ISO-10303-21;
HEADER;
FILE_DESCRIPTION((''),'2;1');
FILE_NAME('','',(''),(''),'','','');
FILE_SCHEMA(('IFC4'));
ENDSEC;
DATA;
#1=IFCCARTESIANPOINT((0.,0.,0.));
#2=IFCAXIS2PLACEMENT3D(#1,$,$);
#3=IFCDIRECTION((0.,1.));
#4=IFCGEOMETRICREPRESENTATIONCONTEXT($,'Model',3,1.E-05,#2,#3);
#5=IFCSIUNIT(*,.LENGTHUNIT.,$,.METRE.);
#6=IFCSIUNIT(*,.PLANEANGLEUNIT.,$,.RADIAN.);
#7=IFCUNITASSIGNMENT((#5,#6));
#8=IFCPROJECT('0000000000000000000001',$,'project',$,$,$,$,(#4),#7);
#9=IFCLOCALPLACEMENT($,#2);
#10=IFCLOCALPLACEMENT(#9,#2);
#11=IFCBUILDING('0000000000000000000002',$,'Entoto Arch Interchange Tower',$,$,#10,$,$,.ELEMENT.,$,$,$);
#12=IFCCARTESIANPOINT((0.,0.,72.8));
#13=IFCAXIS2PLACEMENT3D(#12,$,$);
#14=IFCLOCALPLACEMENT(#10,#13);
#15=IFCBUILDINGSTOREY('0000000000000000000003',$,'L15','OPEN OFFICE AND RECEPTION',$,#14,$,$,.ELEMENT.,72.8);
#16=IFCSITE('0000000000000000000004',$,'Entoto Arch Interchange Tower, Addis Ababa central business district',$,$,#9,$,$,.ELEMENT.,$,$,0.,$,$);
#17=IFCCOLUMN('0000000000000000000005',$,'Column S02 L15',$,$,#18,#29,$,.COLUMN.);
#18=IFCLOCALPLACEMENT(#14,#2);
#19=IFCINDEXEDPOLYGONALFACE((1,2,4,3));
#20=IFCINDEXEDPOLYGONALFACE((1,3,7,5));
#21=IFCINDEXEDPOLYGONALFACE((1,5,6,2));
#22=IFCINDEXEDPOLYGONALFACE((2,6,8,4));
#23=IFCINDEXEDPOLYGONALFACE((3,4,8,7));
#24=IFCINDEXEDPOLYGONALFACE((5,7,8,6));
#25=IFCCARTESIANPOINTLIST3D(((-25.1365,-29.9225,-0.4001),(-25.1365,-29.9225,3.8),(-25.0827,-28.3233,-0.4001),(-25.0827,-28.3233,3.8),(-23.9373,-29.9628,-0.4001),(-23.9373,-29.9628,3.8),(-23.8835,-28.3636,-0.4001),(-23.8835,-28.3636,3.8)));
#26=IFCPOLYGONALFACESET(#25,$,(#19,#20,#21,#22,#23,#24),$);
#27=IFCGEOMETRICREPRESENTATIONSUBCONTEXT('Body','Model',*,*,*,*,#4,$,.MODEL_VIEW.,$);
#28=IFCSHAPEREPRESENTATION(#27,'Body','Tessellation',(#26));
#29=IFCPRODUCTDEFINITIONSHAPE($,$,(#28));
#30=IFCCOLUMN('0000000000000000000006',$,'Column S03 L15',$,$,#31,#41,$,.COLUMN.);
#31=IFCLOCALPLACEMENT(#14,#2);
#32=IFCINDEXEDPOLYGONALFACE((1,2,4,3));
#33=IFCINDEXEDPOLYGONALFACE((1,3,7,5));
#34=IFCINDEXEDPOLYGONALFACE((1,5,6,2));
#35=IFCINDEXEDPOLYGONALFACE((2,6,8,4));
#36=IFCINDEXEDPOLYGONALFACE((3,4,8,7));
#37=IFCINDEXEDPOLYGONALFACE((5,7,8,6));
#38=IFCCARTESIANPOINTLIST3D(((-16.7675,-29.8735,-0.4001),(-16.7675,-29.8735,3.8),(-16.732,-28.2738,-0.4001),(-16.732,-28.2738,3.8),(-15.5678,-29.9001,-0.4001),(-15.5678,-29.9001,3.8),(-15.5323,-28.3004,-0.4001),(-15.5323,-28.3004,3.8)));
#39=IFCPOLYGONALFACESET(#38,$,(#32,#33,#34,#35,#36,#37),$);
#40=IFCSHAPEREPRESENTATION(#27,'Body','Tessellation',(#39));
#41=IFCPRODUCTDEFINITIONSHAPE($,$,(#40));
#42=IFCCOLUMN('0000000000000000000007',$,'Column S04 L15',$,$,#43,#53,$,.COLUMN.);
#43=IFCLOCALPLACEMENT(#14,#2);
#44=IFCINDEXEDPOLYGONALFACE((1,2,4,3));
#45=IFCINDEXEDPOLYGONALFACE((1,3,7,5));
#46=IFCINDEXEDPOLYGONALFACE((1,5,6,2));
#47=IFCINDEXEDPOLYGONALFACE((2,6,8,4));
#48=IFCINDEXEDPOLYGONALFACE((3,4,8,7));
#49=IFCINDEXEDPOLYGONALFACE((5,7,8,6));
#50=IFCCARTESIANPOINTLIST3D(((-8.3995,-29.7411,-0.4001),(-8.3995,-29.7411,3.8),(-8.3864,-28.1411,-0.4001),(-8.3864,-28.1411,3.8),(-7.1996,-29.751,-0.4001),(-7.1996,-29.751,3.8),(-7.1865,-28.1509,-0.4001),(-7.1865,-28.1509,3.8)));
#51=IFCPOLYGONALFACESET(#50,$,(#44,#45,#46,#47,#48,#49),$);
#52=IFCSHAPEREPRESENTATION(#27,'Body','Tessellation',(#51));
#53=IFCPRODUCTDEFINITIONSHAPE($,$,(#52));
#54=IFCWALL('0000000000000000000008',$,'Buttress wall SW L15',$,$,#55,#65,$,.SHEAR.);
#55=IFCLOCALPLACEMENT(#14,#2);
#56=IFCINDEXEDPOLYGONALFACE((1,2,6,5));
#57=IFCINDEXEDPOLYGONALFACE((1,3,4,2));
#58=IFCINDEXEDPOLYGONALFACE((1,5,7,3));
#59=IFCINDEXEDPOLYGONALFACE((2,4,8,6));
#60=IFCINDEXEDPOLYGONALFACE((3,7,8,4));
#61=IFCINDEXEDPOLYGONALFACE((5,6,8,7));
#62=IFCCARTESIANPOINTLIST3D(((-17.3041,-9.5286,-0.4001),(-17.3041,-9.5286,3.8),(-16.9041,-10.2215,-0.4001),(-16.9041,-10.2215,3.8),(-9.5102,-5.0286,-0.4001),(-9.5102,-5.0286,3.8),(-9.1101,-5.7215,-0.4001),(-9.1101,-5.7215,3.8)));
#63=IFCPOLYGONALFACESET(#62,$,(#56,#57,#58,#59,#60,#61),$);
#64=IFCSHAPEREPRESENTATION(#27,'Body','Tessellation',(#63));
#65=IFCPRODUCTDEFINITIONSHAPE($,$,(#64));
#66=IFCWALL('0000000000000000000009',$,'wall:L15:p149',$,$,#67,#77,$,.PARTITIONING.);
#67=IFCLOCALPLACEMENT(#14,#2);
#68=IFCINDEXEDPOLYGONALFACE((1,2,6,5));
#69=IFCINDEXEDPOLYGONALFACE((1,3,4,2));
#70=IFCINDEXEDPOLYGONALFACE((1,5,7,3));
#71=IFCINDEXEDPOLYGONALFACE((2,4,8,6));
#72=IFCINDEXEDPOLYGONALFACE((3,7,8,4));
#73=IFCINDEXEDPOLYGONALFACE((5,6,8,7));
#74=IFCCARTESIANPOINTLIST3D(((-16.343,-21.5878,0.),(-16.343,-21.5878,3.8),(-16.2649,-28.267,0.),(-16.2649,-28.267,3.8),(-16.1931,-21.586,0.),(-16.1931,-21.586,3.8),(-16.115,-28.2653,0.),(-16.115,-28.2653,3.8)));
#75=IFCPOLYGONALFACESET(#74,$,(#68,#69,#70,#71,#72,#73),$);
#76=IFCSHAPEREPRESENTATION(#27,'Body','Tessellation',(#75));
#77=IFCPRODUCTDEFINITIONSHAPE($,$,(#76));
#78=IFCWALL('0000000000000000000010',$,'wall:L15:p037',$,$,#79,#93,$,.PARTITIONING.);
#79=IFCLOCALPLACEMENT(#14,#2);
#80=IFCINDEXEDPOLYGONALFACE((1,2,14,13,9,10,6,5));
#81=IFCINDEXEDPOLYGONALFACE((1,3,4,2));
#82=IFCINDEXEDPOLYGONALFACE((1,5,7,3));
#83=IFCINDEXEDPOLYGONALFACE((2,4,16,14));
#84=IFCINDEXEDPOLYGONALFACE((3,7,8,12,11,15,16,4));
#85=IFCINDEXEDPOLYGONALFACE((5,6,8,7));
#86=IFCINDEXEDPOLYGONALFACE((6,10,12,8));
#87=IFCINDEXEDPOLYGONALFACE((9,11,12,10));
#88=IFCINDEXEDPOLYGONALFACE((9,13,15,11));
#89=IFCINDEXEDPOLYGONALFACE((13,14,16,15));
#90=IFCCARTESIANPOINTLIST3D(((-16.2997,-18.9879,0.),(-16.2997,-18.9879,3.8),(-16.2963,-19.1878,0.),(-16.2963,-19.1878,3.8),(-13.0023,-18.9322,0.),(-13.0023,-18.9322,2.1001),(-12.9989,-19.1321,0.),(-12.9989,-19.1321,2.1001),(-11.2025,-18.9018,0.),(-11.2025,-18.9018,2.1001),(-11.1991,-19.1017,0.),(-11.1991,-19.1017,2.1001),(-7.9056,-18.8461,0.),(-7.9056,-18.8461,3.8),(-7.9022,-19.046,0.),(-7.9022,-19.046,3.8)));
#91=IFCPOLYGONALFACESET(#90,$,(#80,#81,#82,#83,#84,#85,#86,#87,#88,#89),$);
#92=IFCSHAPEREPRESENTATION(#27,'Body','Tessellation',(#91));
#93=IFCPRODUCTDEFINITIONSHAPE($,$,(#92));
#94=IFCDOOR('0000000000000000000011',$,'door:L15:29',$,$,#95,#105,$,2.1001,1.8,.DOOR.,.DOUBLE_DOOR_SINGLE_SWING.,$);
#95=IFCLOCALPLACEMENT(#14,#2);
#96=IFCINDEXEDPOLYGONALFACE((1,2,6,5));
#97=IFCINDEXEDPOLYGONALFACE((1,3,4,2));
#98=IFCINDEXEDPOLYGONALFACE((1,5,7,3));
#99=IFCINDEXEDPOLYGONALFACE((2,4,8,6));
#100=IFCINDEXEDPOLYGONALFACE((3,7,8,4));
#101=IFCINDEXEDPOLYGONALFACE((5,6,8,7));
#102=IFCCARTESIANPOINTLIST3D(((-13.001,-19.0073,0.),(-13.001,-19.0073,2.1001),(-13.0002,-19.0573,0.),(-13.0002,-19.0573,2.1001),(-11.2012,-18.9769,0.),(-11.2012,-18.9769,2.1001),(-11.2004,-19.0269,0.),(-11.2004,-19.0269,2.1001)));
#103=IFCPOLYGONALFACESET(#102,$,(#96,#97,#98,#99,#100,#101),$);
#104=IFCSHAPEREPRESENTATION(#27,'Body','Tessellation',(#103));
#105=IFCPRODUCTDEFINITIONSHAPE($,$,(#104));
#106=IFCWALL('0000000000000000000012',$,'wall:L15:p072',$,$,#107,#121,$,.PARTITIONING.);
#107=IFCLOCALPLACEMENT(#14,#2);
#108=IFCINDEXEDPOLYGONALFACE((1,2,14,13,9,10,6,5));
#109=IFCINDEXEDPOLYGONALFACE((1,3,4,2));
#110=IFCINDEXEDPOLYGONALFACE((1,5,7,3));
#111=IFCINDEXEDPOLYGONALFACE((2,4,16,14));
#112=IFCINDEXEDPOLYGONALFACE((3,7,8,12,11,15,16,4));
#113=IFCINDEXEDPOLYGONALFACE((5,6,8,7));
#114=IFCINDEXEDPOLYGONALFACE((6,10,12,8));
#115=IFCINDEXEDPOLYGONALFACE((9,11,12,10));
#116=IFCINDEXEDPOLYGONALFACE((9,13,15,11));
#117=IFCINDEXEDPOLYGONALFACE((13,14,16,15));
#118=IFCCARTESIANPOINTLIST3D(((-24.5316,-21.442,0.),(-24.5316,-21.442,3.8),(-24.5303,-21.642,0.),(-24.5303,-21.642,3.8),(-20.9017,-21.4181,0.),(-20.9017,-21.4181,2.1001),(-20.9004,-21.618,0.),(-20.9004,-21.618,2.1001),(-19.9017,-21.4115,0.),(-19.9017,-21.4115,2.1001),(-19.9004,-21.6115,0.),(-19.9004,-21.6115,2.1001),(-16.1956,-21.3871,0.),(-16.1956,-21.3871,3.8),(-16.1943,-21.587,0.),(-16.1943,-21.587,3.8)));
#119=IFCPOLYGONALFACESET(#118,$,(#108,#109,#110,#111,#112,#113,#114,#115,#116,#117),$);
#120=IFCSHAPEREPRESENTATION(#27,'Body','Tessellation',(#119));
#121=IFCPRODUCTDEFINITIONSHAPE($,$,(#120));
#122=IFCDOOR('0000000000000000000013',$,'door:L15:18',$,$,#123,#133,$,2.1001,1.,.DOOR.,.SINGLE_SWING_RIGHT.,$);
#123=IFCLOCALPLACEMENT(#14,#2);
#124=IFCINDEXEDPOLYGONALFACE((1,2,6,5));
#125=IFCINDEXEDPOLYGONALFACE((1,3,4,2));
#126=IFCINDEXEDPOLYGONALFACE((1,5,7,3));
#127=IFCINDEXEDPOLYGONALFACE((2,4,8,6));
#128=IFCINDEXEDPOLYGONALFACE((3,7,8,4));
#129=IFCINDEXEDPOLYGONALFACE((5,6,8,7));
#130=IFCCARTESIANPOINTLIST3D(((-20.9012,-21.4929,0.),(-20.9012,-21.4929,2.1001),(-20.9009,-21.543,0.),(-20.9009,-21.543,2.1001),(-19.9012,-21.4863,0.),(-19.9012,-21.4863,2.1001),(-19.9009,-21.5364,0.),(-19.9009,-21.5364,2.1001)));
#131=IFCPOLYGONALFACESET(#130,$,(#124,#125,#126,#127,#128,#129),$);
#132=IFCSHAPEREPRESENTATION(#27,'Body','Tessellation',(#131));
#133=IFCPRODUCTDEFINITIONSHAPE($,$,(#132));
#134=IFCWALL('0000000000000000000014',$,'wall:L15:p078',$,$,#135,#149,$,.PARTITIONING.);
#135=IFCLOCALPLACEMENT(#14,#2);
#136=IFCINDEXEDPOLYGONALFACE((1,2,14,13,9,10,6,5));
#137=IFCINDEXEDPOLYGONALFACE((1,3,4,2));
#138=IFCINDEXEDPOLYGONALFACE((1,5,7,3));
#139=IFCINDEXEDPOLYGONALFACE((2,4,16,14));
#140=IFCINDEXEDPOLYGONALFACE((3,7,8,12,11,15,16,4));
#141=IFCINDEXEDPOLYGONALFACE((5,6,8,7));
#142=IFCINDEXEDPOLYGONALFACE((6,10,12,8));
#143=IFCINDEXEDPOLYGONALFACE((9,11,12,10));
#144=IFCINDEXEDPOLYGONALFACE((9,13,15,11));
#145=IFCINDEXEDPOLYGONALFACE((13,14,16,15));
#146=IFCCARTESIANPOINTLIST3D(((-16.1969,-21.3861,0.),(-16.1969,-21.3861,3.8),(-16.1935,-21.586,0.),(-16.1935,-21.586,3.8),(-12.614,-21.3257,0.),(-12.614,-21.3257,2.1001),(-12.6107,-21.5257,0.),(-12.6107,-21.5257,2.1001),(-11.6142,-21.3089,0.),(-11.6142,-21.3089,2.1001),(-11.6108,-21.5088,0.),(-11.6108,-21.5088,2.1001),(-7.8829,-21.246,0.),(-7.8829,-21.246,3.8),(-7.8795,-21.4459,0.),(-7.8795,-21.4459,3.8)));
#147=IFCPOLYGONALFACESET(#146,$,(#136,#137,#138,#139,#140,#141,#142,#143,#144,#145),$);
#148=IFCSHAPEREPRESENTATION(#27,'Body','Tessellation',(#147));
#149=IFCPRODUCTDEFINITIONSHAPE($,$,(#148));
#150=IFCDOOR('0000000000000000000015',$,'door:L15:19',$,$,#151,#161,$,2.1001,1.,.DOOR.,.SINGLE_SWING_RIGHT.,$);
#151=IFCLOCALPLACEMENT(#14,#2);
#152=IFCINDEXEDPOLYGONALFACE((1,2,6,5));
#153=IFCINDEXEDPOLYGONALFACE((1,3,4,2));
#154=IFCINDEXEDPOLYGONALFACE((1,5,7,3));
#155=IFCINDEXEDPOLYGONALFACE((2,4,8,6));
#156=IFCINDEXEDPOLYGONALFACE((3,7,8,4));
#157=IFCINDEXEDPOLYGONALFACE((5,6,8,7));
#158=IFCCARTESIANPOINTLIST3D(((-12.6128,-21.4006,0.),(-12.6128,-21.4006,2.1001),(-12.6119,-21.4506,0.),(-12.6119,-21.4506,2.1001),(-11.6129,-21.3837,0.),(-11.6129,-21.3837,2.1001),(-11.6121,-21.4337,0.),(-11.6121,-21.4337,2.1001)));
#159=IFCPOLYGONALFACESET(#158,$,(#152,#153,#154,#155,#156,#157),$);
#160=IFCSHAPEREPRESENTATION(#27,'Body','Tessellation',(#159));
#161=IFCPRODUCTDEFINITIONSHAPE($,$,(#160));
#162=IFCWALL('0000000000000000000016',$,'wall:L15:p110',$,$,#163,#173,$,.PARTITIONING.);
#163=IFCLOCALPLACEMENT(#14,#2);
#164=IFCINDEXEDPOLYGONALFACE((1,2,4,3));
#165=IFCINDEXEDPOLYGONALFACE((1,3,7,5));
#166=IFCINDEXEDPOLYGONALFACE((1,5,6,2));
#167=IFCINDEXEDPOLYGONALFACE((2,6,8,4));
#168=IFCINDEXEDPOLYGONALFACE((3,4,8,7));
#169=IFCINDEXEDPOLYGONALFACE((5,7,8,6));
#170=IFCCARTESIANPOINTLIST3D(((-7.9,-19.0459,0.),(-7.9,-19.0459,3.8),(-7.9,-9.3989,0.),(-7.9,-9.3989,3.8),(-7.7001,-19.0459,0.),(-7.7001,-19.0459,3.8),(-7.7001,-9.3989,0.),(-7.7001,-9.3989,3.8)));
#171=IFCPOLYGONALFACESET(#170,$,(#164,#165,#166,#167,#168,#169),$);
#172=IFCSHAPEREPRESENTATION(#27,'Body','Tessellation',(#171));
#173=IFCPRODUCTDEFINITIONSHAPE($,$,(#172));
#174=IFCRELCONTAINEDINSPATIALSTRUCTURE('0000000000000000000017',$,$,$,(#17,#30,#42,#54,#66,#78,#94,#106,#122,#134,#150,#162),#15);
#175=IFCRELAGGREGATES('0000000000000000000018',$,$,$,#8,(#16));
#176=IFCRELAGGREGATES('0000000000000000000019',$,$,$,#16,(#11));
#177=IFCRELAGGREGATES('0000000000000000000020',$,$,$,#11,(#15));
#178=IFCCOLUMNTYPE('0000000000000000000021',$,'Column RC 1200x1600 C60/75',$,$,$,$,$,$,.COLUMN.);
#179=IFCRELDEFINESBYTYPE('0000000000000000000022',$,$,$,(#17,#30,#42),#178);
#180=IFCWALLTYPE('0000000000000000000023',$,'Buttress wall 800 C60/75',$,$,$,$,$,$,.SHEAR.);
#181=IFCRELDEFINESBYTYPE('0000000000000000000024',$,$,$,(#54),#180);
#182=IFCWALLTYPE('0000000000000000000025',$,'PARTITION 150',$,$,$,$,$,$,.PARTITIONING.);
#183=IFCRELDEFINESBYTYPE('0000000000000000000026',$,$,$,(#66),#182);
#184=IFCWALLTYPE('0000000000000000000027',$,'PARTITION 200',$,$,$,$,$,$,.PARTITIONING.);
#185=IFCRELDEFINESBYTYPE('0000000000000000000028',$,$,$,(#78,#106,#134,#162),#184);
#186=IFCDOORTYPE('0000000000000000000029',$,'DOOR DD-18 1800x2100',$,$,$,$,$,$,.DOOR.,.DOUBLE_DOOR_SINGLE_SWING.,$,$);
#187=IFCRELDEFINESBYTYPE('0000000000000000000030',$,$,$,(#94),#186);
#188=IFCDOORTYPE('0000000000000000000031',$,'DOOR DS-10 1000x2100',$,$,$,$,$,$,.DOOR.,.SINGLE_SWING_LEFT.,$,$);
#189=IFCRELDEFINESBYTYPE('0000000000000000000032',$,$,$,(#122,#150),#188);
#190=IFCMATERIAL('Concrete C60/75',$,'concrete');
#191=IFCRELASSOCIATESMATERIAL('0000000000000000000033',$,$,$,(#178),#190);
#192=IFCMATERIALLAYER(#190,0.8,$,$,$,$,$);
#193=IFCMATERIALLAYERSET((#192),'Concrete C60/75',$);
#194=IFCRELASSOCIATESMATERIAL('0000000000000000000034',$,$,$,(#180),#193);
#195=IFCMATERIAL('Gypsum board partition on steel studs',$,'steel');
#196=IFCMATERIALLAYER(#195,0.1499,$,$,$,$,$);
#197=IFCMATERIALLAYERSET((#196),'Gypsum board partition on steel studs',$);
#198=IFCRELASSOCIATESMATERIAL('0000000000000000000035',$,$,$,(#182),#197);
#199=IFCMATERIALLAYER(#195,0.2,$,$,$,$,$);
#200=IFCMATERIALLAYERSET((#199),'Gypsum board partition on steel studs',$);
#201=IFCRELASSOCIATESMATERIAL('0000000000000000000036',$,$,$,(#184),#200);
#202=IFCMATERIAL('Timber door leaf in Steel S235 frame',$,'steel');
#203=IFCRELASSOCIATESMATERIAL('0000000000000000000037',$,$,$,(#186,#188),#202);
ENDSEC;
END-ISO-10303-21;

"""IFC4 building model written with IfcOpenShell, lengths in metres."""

from ifc_helpers import new_model, si_unit, direction, frame, frame_2d, origin, origin_2d, place, context, subcontext, project, spatial, rectangle, extrude, material, layer, layer_set, material_profile, profile_set, type_object, element, fill, save


model = new_model("IFC4")

# Units and contexts
model_context = context("Model", 3, precision=1e-05, world=origin(), true_north=direction((0.0, 1.0)))
body_context = subcontext(model_context, "Body", "Model", "MODEL_VIEW")
ifc_project = project(units=[si_unit("LENGTHUNIT", "METRE"), si_unit("PLANEANGLEUNIT", "RADIAN")], contexts=[model_context])

# Site, building, storey
site_placement = place(None, origin())
site = spatial("IfcSite", under=ifc_project, at=site_placement, Name="Entoto Arch Interchange Tower, Addis Ababa central business district", CompositionType="ELEMENT", RefElevation=0.0)
building_placement = place(site_placement, origin())
building = spatial("IfcBuilding", under=site, at=building_placement, Name="Entoto Arch Interchange Tower", CompositionType="ELEMENT")
storey_placement = place(building_placement, frame((0.0, 0.0, 72.8)))
storey = spatial("IfcBuildingStorey", under=building, at=storey_placement, Name="L15", Description="OPEN OFFICE AND RECEPTION", CompositionType="ELEMENT", Elevation=72.8)

# Columns
ifc_material_1 = material(Name="Concrete C60/75", Category="concrete")
ifc_material_profile = material_profile(ifc_material_1, rectangle(XDim=1.2, YDim=1.6001, at=origin_2d()))
ifc_profile_set = profile_set([ifc_material_profile], Name="Concrete C60/75")
column_type = type_object("IfcColumnType", Name="Column RC 1200x1600 C60/75", PredefinedType="COLUMN", material=ifc_profile_set)
for number, where, z_axis, x_axis, name in (
    (1, (-24.51, -29.1431, -0.4001), (0.0, 0.0, 1.0), (-0.999434, 0.033626, 0.0), "Column S02 L15"),
    (2, (-16.1499, -29.0869, -0.4001), (0.0, 0.0, 1.0), (-0.999754, 0.022164, 0.0), "Column S03 L15"),
    (3, (-7.793, -28.946, -0.4001), (0.0, 0.0, 1.0), (-0.999966, 0.008203, 0.0), "Column S04 L15"),
):
    element("IfcColumn", number, at=place(storey_placement, frame(where, z_axis=z_axis, x_axis=x_axis)), inside=storey, type_object=column_type, Name=name, PredefinedType="COLUMN", context=body_context, shape_type="SweptSolid", body=[
        extrude(rectangle(XDim=1.2, YDim=1.6001, at=origin_2d()), origin(), (0.0, 0.0, 1.0), 4.2002),
    ])

# Walls
ifc_layer_1 = layer(ifc_material_1, 0.8)
ifc_layer_set_1 = layer_set([ifc_layer_1], Name="Concrete C60/75")
wall_type_1 = type_object("IfcWallType", Name="Buttress wall 800 C60/75", PredefinedType="SHEAR", material=ifc_layer_set_1)
wall_1_placement = place(storey_placement, frame((-9.3101, -5.375, -0.4001), z_axis=(0.0, 0.0, 1.0), x_axis=(-0.866018, -0.500014, 0.0)))
element("IfcWall", 4, at=wall_1_placement, inside=storey, type_object=wall_type_1, Name="Buttress wall SW L15", PredefinedType="SHEAR", context=body_context, shape_type="SweptSolid", body=[
    extrude(rectangle(XDim=8.9998, YDim=0.8, at=frame_2d((4.5, 0.0))), origin(), (0.0, 0.0, 1.0), 4.2002),
])
ifc_material_2 = material(Name="Gypsum board partition on steel studs", Category="steel")
ifc_layer_2 = layer(ifc_material_2, 0.1499)
ifc_layer_set_2 = layer_set([ifc_layer_2], Name="Gypsum board partition on steel studs")
wall_type_2 = type_object("IfcWallType", Name="PARTITION 150", PredefinedType="PARTITIONING", material=ifc_layer_set_2)
wall_2_placement = place(storey_placement, frame((-16.2681, -21.5869, 0.0), z_axis=(0.0, 0.0, 1.0), x_axis=(0.011696, -0.999932, 0.0)))
element("IfcWall", 5, at=wall_2_placement, inside=storey, type_object=wall_type_2, Name="wall:L15:p149", PredefinedType="PARTITIONING", context=body_context, shape_type="SweptSolid", body=[
    extrude(rectangle(XDim=6.6797, YDim=0.1499, at=frame_2d((3.3398, 0.0))), origin(), (0.0, 0.0, 1.0), 3.8),
])

# Walls, openings, doors
ifc_layer_3 = layer(ifc_material_2, 0.2)
ifc_layer_set_3 = layer_set([ifc_layer_3], Name="Gypsum board partition on steel studs")
wall_type_3 = type_object("IfcWallType", Name="PARTITION 200", PredefinedType="PARTITIONING", material=ifc_layer_set_3)
wall_3_placement = place(storey_placement, frame((-16.2981, -19.0879, 0.0), z_axis=(0.0, 0.0, 1.0), x_axis=(0.999857, 0.016896, 0.0)))
wall_3 = element("IfcWall", 6, at=wall_3_placement, inside=storey, type_object=wall_type_3, Name="wall:L15:p037", PredefinedType="PARTITIONING", context=body_context, shape_type="SweptSolid", body=[
    extrude(rectangle(XDim=8.3953, YDim=0.2, at=frame_2d((4.1978, 0.0))), origin(), (0.0, 0.0, 1.0), 3.8),
])
opening_1_placement = place(wall_3_placement, frame((3.2981, 0.0, 0.0)))
opening_1 = element("IfcOpeningElement", 7, at=opening_1_placement, cuts=wall_3, PredefinedType="OPENING", context=body_context, shape_type="SweptSolid", body=[
    extrude(rectangle(XDim=1.8, YDim=2.1001, at=frame_2d((0.8999, 1.05))), frame((0.0, 0.1099, 0.0), z_axis=(0.0, -1.0, 0.0), x_axis=(1.0, 0.0, 0.0)), (0.0, 0.0, 1.0), 0.22),
])
ifc_material_3 = material(Name="Timber door leaf in Steel S235 frame", Category="steel")
door_type_1 = type_object("IfcDoorType", Name="DOOR DD-18 1800x2100", OperationType="DOUBLE_DOOR_SINGLE_SWING", PredefinedType="DOOR", material=ifc_material_3)
door_1_placement = place(opening_1_placement, origin())
door_1 = element("IfcDoor", 8, at=door_1_placement, inside=storey, type_object=door_type_1, Name="door:L15:29", OperationType="DOUBLE_DOOR_SINGLE_SWING", OverallHeight=2.1001, OverallWidth=1.8, PredefinedType="DOOR", context=body_context, shape_type="SweptSolid", body=[
    extrude(rectangle(XDim=1.8, YDim=2.1001, at=frame_2d((0.8999, 1.05))), frame((0.0, 0.0249, 0.0), z_axis=(0.0, -1.0, 0.0), x_axis=(1.0, 0.0, 0.0)), (0.0, 0.0, 1.0), 0.05),
])
fill(opening_1, door_1)
wall_4_placement = place(storey_placement, frame((-16.1951, -21.4871, 0.0), z_axis=(0.0, 0.0, 1.0), x_axis=(-0.999978, -0.00659, 0.0)))
wall_4 = element("IfcWall", 9, at=wall_4_placement, inside=storey, type_object=wall_type_3, Name="wall:L15:p072", PredefinedType="PARTITIONING", context=body_context, shape_type="SweptSolid", body=[
    extrude(rectangle(XDim=8.3362, YDim=0.2, at=frame_2d((4.168, 0.0))), origin(), (0.0, 0.0, 1.0), 3.8),
])
opening_2_placement = place(wall_4_placement, frame((3.7061, 0.0, 0.0)))
opening_2 = element("IfcOpeningElement", 10, at=opening_2_placement, cuts=wall_4, PredefinedType="OPENING", context=body_context, shape_type="SweptSolid", body=[
    extrude(rectangle(XDim=1.0, YDim=2.1001, at=frame_2d((0.5, 1.05))), frame((0.0, 0.1099, 0.0), z_axis=(0.0, -1.0, 0.0), x_axis=(1.0, 0.0, 0.0)), (0.0, 0.0, 1.0), 0.22),
])
door_type_2 = type_object("IfcDoorType", Name="DOOR DS-10 1000x2100", OperationType="SINGLE_SWING_LEFT", PredefinedType="DOOR", material=ifc_material_3)
door_2_placement = place(opening_2_placement, origin())
door_2 = element("IfcDoor", 11, at=door_2_placement, inside=storey, type_object=door_type_2, Name="door:L15:18", OperationType="SINGLE_SWING_RIGHT", OverallHeight=2.1001, OverallWidth=1.0, PredefinedType="DOOR", context=body_context, shape_type="SweptSolid", body=[
    extrude(rectangle(XDim=1.0, YDim=2.1001, at=frame_2d((0.5, 1.05))), frame((0.0, 0.0249, 0.0), z_axis=(0.0, -1.0, 0.0), x_axis=(1.0, 0.0, 0.0)), (0.0, 0.0, 1.0), 0.05),
])
fill(opening_2, door_2)
wall_5_placement = place(storey_placement, frame((-7.8811, -21.3459, 0.0), z_axis=(0.0, 0.0, 1.0), x_axis=(-0.999858, -0.016853, 0.0)))
wall_5 = element("IfcWall", 12, at=wall_5_placement, inside=storey, type_object=wall_type_3, Name="wall:L15:p078", PredefinedType="PARTITIONING", context=body_context, shape_type="SweptSolid", body=[
    extrude(rectangle(XDim=8.3152, YDim=0.2, at=frame_2d((4.1577, 0.0))), origin(), (0.0, 0.0, 1.0), 3.8),
])
opening_3_placement = place(wall_5_placement, frame((3.7319, 0.0, 0.0)))
opening_3 = element("IfcOpeningElement", 13, at=opening_3_placement, cuts=wall_5, PredefinedType="OPENING", context=body_context, shape_type="SweptSolid", body=[
    extrude(rectangle(XDim=1.0, YDim=2.1001, at=frame_2d((0.5, 1.05))), frame((0.0, 0.1099, 0.0), z_axis=(0.0, -1.0, 0.0), x_axis=(1.0, 0.0, 0.0)), (0.0, 0.0, 1.0), 0.22),
])
door_3_placement = place(opening_3_placement, origin())
door_3 = element("IfcDoor", 14, at=door_3_placement, inside=storey, type_object=door_type_2, Name="door:L15:19", OperationType="SINGLE_SWING_RIGHT", OverallHeight=2.1001, OverallWidth=1.0, PredefinedType="DOOR", context=body_context, shape_type="SweptSolid", body=[
    extrude(rectangle(XDim=1.0, YDim=2.1001, at=frame_2d((0.5, 1.05))), frame((0.0, 0.0249, 0.0), z_axis=(0.0, -1.0, 0.0), x_axis=(1.0, 0.0, 0.0)), (0.0, 0.0, 1.0), 0.05),
])
fill(opening_3, door_3)

# Wall
wall_6_placement = place(storey_placement, frame((-7.8, -19.0459, 0.0), z_axis=(0.0, 0.0, 1.0), x_axis=(0.0, 1.0, 0.0)))
element("IfcWall", 15, at=wall_6_placement, inside=storey, type_object=wall_type_3, Name="wall:L15:p110", PredefinedType="PARTITIONING", context=body_context, shape_type="SweptSolid", body=[
    extrude(rectangle(XDim=9.647, YDim=0.2, at=frame_2d((4.8235, 0.0))), origin(), (0.0, 0.0, 1.0), 3.8),
])

save(model, "model.ifc")
